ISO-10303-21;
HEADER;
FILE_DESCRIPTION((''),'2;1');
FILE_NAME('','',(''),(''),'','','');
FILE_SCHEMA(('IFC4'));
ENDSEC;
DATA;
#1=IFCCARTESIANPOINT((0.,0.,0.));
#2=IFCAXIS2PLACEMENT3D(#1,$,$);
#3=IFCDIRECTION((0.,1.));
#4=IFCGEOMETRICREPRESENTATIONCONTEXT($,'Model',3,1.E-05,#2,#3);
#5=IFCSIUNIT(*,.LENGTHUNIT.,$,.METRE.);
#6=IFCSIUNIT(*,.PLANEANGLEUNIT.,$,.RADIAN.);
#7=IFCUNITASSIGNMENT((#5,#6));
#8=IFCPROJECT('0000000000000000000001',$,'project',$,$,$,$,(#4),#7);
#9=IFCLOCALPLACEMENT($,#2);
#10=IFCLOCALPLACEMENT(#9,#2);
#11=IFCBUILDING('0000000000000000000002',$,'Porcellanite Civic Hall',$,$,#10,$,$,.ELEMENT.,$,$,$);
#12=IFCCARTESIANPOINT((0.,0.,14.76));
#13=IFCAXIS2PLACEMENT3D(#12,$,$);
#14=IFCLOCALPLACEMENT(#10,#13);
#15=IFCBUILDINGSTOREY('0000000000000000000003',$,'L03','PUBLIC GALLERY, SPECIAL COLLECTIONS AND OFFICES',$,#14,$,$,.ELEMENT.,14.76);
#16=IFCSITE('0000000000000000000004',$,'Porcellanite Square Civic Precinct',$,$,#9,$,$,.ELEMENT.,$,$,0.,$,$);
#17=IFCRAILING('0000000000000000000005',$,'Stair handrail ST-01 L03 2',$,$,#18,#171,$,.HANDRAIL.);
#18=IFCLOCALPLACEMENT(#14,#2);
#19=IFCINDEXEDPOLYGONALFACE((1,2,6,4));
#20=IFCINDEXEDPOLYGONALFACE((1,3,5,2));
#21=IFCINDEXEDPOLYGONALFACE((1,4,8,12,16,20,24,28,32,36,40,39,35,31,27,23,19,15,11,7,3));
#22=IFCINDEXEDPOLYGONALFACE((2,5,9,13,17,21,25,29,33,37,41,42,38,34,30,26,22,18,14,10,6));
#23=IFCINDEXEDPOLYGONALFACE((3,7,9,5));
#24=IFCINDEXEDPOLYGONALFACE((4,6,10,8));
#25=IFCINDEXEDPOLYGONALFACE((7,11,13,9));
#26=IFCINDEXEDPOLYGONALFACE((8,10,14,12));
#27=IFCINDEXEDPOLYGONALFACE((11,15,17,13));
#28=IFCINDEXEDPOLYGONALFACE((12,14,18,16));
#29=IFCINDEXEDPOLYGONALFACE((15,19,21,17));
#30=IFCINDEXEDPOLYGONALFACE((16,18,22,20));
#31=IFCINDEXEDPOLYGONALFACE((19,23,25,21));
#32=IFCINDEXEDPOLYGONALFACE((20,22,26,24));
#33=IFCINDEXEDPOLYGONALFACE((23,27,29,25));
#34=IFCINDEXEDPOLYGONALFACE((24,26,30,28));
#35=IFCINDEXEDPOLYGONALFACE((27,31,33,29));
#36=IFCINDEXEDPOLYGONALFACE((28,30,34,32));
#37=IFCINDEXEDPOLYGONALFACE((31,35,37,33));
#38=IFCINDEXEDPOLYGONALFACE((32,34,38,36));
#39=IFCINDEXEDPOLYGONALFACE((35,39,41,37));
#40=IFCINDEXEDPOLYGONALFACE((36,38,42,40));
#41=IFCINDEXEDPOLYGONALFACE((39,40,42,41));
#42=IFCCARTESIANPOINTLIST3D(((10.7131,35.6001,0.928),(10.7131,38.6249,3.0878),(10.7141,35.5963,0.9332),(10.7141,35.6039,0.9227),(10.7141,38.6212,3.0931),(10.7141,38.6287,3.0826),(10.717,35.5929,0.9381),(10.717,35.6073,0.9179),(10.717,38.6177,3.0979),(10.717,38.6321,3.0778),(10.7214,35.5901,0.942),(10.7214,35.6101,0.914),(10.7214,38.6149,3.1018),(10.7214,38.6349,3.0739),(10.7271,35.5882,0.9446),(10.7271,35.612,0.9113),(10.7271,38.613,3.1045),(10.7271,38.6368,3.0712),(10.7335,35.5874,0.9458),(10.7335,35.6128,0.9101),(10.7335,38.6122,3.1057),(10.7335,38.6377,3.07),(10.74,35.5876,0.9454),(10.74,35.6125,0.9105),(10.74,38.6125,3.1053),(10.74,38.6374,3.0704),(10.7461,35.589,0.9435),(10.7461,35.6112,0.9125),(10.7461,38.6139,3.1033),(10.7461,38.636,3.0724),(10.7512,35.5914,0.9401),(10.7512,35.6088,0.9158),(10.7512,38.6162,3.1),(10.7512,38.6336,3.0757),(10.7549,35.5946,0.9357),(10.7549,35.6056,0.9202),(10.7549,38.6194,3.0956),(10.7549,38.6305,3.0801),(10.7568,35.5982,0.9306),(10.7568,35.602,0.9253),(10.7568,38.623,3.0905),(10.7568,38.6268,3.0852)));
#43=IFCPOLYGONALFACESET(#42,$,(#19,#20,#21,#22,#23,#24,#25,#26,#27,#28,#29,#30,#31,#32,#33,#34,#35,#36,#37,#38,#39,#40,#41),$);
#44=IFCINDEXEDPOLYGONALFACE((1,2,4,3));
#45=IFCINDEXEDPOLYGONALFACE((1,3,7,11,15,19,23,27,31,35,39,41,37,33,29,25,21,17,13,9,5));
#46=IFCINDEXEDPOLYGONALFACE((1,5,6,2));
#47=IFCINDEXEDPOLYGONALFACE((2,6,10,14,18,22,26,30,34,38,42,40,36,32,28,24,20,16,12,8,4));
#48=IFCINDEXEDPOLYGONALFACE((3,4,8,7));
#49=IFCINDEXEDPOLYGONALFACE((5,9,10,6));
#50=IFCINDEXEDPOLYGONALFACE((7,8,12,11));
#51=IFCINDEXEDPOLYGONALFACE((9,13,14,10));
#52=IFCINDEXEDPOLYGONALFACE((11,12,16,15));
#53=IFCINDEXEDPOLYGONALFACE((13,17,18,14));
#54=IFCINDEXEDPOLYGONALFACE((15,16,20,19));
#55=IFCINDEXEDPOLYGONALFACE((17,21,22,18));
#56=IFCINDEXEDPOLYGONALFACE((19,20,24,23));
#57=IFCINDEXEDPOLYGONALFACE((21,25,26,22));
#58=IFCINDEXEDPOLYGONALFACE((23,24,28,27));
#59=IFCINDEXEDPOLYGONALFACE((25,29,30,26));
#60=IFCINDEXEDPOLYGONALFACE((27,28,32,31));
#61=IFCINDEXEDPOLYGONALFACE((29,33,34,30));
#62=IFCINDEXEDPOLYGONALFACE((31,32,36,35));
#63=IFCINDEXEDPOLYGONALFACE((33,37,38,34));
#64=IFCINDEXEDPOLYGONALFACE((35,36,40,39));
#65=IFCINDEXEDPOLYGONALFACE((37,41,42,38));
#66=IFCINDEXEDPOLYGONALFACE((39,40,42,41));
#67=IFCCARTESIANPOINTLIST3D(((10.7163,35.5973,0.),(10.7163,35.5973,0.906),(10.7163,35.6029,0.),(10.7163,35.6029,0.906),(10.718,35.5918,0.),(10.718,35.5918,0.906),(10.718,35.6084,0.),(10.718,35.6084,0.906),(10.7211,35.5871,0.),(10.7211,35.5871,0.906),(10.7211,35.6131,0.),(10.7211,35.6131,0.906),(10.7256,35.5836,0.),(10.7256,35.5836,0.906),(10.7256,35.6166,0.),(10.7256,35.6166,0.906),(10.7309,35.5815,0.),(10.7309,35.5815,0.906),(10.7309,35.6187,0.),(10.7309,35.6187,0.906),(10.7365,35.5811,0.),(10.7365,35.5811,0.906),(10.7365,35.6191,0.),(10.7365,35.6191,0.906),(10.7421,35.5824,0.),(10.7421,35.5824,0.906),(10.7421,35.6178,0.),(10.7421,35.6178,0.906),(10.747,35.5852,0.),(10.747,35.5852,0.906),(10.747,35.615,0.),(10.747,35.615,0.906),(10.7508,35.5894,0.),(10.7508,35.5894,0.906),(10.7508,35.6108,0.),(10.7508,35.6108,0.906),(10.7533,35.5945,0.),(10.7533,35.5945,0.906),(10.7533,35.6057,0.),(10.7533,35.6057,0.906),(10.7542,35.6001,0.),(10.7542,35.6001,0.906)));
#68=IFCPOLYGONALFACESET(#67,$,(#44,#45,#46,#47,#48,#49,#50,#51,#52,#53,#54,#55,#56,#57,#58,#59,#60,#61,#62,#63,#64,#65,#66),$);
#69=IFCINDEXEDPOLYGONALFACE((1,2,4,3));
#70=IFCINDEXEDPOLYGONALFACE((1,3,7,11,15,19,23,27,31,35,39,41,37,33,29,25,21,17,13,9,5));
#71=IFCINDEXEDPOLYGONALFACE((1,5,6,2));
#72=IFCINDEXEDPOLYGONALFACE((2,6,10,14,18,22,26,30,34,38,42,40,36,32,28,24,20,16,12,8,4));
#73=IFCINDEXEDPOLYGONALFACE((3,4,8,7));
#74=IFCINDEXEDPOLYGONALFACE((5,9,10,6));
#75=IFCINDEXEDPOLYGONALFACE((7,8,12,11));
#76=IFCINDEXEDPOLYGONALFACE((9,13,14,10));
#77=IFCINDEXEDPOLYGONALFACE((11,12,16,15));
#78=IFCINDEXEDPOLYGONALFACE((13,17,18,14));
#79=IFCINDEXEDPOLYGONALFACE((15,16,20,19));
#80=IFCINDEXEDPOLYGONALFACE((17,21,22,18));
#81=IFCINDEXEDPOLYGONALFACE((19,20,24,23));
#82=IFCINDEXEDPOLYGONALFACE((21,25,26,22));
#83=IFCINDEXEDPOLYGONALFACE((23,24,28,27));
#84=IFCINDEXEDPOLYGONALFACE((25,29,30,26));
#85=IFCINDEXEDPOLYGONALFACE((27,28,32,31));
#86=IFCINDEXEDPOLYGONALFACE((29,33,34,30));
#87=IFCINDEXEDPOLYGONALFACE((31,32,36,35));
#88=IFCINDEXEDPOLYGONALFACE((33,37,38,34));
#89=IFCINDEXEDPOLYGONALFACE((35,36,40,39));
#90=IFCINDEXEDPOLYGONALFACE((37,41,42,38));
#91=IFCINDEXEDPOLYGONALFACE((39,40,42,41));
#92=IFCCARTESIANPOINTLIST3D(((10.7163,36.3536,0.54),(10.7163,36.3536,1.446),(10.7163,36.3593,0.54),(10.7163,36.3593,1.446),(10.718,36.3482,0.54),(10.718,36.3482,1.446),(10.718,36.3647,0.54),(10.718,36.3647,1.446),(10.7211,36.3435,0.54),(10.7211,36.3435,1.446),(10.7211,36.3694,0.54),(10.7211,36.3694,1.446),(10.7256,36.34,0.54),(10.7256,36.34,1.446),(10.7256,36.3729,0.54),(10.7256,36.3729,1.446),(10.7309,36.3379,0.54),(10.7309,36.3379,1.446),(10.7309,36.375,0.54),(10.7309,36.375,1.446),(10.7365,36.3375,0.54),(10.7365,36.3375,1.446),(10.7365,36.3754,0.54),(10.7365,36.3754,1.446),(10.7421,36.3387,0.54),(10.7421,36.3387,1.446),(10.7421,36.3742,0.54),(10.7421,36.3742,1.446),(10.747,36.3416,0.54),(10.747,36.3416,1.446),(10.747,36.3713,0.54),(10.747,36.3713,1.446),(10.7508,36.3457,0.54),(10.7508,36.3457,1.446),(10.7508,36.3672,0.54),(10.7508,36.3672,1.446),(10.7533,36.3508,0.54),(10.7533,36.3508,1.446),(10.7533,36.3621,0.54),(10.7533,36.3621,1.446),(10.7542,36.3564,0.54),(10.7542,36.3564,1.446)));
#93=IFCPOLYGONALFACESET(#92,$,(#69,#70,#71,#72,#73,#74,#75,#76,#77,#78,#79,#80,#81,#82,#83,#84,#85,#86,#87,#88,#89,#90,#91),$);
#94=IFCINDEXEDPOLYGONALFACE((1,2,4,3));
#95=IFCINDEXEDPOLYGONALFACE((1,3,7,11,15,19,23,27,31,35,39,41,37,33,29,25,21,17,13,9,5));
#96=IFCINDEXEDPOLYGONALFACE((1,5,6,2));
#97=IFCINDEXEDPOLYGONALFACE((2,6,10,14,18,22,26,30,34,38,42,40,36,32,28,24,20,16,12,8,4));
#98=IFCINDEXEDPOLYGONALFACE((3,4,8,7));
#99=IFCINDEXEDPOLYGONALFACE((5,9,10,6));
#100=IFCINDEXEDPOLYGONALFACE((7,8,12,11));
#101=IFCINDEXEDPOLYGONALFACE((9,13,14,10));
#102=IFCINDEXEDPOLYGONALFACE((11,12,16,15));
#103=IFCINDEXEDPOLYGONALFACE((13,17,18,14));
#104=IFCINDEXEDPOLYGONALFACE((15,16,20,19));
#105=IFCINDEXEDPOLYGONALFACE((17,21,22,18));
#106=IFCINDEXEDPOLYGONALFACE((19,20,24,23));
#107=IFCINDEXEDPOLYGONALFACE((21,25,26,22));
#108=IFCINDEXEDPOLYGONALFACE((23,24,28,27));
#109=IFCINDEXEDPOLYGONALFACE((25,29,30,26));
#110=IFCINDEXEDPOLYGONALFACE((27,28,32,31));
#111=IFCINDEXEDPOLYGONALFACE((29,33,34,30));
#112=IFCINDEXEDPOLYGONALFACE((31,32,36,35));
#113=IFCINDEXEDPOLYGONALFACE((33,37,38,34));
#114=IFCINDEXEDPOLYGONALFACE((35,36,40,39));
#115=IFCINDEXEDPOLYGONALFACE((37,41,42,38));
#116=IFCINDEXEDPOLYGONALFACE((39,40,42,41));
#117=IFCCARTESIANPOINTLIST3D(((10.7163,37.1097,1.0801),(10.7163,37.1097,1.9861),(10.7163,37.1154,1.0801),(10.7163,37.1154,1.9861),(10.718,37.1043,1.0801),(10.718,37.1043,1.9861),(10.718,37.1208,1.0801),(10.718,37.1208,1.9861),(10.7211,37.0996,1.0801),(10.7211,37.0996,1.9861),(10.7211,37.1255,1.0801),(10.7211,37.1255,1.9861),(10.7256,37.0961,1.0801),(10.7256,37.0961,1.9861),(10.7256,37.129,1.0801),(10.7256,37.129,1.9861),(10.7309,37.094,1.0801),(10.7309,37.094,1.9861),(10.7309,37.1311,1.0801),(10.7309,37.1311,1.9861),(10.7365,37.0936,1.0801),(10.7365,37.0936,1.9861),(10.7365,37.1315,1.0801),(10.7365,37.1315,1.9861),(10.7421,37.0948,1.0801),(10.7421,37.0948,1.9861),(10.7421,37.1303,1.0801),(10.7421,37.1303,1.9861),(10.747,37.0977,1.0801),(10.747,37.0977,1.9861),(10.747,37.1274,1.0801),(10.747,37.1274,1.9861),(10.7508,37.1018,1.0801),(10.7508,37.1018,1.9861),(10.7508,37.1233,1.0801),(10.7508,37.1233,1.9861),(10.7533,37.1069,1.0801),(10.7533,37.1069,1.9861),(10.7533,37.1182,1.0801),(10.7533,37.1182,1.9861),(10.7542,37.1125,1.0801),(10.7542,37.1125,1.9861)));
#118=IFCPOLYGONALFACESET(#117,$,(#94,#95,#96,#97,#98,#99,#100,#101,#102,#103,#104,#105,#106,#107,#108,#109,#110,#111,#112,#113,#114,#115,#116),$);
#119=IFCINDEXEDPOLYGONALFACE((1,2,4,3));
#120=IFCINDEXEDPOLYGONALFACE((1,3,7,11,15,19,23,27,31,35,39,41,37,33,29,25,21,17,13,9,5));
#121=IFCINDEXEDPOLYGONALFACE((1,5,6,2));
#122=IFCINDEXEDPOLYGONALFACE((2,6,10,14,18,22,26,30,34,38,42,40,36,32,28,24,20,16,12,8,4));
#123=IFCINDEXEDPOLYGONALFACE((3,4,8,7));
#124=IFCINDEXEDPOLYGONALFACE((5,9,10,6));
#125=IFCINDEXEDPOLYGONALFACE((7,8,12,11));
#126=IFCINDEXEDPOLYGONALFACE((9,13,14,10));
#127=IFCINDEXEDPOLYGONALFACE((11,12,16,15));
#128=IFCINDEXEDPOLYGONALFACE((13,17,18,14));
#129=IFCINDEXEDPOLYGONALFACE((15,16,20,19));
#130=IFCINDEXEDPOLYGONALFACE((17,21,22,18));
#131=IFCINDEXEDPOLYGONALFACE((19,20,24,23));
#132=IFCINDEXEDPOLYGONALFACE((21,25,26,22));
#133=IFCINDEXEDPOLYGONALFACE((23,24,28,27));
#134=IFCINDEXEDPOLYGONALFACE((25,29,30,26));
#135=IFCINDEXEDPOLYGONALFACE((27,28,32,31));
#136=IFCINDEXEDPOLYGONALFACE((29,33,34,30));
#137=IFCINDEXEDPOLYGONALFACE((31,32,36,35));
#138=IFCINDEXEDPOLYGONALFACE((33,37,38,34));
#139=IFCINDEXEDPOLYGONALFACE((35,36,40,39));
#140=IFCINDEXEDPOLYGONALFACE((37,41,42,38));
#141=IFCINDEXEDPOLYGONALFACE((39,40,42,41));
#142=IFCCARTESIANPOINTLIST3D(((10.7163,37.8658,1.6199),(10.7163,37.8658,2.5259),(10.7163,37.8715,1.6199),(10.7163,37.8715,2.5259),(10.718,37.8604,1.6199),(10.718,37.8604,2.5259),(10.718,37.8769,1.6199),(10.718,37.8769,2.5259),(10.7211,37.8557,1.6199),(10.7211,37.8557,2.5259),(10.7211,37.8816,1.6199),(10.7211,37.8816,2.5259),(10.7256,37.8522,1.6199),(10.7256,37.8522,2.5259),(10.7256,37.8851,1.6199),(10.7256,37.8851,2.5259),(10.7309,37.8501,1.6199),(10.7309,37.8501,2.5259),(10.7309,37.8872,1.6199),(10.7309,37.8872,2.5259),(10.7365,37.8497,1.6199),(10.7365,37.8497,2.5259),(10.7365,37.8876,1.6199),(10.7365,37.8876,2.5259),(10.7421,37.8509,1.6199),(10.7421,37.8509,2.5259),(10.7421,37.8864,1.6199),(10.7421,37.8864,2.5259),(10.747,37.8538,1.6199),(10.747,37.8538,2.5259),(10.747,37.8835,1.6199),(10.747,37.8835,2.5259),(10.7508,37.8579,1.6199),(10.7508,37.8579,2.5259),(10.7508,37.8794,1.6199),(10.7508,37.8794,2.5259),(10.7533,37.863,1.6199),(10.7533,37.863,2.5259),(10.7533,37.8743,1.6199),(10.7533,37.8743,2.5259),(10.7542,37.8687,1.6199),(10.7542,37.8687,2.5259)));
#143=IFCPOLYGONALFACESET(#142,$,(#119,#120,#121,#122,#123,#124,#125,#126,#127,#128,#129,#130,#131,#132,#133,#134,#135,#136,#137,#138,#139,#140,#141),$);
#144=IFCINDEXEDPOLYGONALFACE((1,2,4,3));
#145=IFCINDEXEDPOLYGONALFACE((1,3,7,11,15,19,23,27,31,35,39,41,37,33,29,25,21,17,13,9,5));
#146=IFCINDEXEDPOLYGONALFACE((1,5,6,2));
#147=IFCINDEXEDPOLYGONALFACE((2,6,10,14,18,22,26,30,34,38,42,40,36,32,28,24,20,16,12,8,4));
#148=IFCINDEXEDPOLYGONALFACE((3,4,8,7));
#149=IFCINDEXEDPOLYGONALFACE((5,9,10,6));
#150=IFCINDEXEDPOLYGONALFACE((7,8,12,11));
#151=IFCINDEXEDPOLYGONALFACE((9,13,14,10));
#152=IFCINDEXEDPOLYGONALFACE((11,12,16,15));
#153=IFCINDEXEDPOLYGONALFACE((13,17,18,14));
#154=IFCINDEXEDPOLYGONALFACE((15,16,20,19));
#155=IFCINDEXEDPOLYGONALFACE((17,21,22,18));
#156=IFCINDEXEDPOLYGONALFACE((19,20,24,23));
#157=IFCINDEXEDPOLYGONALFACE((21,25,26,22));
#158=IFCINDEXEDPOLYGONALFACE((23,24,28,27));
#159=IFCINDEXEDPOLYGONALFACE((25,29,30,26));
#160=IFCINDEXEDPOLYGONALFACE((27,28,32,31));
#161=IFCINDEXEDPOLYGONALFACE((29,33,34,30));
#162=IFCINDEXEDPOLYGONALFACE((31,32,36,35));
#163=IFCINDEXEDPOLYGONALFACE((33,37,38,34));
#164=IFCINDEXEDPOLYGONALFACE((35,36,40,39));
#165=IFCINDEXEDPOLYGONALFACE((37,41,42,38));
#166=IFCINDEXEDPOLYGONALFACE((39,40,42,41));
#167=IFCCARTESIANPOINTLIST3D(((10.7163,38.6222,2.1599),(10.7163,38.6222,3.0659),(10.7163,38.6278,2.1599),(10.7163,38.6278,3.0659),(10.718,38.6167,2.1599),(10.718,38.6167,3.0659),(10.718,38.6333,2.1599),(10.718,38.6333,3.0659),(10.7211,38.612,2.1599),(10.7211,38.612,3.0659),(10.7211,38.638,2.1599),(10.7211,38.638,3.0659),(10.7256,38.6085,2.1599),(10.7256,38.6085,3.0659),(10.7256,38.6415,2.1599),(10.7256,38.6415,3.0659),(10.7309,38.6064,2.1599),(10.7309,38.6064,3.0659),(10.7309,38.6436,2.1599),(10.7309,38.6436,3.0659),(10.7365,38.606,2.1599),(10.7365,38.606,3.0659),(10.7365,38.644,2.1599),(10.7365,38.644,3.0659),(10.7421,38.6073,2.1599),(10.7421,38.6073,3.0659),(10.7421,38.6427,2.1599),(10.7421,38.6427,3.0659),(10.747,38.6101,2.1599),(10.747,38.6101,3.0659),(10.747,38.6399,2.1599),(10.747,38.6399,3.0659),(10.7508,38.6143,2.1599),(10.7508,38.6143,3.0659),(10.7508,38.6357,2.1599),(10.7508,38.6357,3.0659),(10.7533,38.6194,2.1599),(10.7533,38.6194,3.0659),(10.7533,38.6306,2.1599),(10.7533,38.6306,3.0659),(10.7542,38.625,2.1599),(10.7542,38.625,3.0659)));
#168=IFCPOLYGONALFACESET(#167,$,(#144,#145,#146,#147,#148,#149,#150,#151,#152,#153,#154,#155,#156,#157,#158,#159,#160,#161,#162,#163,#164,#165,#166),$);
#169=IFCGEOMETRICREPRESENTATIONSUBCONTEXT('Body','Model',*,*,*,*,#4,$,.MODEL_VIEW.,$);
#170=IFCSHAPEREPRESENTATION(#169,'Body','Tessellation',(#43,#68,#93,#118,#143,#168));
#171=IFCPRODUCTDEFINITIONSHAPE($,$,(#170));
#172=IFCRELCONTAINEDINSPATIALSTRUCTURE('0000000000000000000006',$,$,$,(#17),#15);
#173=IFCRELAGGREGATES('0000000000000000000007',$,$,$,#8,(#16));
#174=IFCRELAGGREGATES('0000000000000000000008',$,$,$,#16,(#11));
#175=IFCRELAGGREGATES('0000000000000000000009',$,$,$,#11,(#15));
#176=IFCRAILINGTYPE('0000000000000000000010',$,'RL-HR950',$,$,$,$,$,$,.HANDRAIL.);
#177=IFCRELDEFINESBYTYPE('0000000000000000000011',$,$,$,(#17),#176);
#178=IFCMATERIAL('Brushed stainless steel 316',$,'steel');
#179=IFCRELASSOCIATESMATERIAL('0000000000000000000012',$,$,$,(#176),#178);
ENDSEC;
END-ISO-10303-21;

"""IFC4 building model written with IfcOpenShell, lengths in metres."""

from ifc_helpers import new_model, si_unit, direction, frame, origin, origin_2d, place, context, subcontext, project, spatial, circle, extrude, material, type_object, element, save


model = new_model("IFC4")

# Units and contexts
model_context = context("Model", 3, precision=1e-05, world=origin(), true_north=direction((0.0, 1.0)))
body_context = subcontext(model_context, "Body", "Model", "MODEL_VIEW")
ifc_project = project(units=[si_unit("LENGTHUNIT", "METRE"), si_unit("PLANEANGLEUNIT", "RADIAN")], contexts=[model_context])

# Site, building, storey
site_placement = place(None, origin())
site = spatial("IfcSite", under=ifc_project, at=site_placement, Name="Porcellanite Square Civic Precinct", CompositionType="ELEMENT", RefElevation=0.0)
building_placement = place(site_placement, origin())
building = spatial("IfcBuilding", under=site, at=building_placement, Name="Porcellanite Civic Hall", CompositionType="ELEMENT")
storey_placement = place(building_placement, frame((0.0, 0.0, 14.76)))
storey = spatial("IfcBuildingStorey", under=building, at=storey_placement, Name="L03", Description="PUBLIC GALLERY, SPECIAL COLLECTIONS AND OFFICES", CompositionType="ELEMENT", Elevation=14.76)

# Railing
ifc_material_1 = material(Name="Brushed stainless steel 316", Category="steel")
railing_type_1 = type_object("IfcRailingType", Name="RL-HR950", PredefinedType="HANDRAIL", material=ifc_material_1)
railing_1_placement = place(storey_placement, frame((10.7351, 35.6001, 0.0)))
element("IfcRailing", 1, at=railing_1_placement, inside=storey, type_object=railing_type_1, Name="Stair handrail ST-01 L03 2", PredefinedType="HANDRAIL", context=body_context, shape_type="SweptSolid", body=[
    extrude(circle(Radius=0.022, at=origin_2d()), frame((0.0, 0.0, 0.928), z_axis=(0.0, 0.813827, 0.581108), x_axis=(-1.0, 0.0, 0.0)), (0.0, 0.0, 1.0), 3.7168),
    extrude(circle(Radius=0.019, at=origin_2d()), origin(), (0.0, 0.0, 1.0), 0.906),
    extrude(circle(Radius=0.019, at=origin_2d()), frame((0.0, 0.7563, 0.54)), (0.0, 0.0, 1.0), 0.906),
    extrude(circle(Radius=0.019, at=origin_2d()), frame((0.0, 1.5125, 1.0801)), (0.0, 0.0, 1.0), 0.906),
    extrude(circle(Radius=0.019, at=origin_2d()), frame((0.0, 2.2686, 1.6199)), (0.0, 0.0, 1.0), 0.906),
    extrude(circle(Radius=0.019, at=origin_2d()), frame((0.0, 3.0249, 2.1599)), (0.0, 0.0, 1.0), 0.906),
])

save(model, "model.ifc")
